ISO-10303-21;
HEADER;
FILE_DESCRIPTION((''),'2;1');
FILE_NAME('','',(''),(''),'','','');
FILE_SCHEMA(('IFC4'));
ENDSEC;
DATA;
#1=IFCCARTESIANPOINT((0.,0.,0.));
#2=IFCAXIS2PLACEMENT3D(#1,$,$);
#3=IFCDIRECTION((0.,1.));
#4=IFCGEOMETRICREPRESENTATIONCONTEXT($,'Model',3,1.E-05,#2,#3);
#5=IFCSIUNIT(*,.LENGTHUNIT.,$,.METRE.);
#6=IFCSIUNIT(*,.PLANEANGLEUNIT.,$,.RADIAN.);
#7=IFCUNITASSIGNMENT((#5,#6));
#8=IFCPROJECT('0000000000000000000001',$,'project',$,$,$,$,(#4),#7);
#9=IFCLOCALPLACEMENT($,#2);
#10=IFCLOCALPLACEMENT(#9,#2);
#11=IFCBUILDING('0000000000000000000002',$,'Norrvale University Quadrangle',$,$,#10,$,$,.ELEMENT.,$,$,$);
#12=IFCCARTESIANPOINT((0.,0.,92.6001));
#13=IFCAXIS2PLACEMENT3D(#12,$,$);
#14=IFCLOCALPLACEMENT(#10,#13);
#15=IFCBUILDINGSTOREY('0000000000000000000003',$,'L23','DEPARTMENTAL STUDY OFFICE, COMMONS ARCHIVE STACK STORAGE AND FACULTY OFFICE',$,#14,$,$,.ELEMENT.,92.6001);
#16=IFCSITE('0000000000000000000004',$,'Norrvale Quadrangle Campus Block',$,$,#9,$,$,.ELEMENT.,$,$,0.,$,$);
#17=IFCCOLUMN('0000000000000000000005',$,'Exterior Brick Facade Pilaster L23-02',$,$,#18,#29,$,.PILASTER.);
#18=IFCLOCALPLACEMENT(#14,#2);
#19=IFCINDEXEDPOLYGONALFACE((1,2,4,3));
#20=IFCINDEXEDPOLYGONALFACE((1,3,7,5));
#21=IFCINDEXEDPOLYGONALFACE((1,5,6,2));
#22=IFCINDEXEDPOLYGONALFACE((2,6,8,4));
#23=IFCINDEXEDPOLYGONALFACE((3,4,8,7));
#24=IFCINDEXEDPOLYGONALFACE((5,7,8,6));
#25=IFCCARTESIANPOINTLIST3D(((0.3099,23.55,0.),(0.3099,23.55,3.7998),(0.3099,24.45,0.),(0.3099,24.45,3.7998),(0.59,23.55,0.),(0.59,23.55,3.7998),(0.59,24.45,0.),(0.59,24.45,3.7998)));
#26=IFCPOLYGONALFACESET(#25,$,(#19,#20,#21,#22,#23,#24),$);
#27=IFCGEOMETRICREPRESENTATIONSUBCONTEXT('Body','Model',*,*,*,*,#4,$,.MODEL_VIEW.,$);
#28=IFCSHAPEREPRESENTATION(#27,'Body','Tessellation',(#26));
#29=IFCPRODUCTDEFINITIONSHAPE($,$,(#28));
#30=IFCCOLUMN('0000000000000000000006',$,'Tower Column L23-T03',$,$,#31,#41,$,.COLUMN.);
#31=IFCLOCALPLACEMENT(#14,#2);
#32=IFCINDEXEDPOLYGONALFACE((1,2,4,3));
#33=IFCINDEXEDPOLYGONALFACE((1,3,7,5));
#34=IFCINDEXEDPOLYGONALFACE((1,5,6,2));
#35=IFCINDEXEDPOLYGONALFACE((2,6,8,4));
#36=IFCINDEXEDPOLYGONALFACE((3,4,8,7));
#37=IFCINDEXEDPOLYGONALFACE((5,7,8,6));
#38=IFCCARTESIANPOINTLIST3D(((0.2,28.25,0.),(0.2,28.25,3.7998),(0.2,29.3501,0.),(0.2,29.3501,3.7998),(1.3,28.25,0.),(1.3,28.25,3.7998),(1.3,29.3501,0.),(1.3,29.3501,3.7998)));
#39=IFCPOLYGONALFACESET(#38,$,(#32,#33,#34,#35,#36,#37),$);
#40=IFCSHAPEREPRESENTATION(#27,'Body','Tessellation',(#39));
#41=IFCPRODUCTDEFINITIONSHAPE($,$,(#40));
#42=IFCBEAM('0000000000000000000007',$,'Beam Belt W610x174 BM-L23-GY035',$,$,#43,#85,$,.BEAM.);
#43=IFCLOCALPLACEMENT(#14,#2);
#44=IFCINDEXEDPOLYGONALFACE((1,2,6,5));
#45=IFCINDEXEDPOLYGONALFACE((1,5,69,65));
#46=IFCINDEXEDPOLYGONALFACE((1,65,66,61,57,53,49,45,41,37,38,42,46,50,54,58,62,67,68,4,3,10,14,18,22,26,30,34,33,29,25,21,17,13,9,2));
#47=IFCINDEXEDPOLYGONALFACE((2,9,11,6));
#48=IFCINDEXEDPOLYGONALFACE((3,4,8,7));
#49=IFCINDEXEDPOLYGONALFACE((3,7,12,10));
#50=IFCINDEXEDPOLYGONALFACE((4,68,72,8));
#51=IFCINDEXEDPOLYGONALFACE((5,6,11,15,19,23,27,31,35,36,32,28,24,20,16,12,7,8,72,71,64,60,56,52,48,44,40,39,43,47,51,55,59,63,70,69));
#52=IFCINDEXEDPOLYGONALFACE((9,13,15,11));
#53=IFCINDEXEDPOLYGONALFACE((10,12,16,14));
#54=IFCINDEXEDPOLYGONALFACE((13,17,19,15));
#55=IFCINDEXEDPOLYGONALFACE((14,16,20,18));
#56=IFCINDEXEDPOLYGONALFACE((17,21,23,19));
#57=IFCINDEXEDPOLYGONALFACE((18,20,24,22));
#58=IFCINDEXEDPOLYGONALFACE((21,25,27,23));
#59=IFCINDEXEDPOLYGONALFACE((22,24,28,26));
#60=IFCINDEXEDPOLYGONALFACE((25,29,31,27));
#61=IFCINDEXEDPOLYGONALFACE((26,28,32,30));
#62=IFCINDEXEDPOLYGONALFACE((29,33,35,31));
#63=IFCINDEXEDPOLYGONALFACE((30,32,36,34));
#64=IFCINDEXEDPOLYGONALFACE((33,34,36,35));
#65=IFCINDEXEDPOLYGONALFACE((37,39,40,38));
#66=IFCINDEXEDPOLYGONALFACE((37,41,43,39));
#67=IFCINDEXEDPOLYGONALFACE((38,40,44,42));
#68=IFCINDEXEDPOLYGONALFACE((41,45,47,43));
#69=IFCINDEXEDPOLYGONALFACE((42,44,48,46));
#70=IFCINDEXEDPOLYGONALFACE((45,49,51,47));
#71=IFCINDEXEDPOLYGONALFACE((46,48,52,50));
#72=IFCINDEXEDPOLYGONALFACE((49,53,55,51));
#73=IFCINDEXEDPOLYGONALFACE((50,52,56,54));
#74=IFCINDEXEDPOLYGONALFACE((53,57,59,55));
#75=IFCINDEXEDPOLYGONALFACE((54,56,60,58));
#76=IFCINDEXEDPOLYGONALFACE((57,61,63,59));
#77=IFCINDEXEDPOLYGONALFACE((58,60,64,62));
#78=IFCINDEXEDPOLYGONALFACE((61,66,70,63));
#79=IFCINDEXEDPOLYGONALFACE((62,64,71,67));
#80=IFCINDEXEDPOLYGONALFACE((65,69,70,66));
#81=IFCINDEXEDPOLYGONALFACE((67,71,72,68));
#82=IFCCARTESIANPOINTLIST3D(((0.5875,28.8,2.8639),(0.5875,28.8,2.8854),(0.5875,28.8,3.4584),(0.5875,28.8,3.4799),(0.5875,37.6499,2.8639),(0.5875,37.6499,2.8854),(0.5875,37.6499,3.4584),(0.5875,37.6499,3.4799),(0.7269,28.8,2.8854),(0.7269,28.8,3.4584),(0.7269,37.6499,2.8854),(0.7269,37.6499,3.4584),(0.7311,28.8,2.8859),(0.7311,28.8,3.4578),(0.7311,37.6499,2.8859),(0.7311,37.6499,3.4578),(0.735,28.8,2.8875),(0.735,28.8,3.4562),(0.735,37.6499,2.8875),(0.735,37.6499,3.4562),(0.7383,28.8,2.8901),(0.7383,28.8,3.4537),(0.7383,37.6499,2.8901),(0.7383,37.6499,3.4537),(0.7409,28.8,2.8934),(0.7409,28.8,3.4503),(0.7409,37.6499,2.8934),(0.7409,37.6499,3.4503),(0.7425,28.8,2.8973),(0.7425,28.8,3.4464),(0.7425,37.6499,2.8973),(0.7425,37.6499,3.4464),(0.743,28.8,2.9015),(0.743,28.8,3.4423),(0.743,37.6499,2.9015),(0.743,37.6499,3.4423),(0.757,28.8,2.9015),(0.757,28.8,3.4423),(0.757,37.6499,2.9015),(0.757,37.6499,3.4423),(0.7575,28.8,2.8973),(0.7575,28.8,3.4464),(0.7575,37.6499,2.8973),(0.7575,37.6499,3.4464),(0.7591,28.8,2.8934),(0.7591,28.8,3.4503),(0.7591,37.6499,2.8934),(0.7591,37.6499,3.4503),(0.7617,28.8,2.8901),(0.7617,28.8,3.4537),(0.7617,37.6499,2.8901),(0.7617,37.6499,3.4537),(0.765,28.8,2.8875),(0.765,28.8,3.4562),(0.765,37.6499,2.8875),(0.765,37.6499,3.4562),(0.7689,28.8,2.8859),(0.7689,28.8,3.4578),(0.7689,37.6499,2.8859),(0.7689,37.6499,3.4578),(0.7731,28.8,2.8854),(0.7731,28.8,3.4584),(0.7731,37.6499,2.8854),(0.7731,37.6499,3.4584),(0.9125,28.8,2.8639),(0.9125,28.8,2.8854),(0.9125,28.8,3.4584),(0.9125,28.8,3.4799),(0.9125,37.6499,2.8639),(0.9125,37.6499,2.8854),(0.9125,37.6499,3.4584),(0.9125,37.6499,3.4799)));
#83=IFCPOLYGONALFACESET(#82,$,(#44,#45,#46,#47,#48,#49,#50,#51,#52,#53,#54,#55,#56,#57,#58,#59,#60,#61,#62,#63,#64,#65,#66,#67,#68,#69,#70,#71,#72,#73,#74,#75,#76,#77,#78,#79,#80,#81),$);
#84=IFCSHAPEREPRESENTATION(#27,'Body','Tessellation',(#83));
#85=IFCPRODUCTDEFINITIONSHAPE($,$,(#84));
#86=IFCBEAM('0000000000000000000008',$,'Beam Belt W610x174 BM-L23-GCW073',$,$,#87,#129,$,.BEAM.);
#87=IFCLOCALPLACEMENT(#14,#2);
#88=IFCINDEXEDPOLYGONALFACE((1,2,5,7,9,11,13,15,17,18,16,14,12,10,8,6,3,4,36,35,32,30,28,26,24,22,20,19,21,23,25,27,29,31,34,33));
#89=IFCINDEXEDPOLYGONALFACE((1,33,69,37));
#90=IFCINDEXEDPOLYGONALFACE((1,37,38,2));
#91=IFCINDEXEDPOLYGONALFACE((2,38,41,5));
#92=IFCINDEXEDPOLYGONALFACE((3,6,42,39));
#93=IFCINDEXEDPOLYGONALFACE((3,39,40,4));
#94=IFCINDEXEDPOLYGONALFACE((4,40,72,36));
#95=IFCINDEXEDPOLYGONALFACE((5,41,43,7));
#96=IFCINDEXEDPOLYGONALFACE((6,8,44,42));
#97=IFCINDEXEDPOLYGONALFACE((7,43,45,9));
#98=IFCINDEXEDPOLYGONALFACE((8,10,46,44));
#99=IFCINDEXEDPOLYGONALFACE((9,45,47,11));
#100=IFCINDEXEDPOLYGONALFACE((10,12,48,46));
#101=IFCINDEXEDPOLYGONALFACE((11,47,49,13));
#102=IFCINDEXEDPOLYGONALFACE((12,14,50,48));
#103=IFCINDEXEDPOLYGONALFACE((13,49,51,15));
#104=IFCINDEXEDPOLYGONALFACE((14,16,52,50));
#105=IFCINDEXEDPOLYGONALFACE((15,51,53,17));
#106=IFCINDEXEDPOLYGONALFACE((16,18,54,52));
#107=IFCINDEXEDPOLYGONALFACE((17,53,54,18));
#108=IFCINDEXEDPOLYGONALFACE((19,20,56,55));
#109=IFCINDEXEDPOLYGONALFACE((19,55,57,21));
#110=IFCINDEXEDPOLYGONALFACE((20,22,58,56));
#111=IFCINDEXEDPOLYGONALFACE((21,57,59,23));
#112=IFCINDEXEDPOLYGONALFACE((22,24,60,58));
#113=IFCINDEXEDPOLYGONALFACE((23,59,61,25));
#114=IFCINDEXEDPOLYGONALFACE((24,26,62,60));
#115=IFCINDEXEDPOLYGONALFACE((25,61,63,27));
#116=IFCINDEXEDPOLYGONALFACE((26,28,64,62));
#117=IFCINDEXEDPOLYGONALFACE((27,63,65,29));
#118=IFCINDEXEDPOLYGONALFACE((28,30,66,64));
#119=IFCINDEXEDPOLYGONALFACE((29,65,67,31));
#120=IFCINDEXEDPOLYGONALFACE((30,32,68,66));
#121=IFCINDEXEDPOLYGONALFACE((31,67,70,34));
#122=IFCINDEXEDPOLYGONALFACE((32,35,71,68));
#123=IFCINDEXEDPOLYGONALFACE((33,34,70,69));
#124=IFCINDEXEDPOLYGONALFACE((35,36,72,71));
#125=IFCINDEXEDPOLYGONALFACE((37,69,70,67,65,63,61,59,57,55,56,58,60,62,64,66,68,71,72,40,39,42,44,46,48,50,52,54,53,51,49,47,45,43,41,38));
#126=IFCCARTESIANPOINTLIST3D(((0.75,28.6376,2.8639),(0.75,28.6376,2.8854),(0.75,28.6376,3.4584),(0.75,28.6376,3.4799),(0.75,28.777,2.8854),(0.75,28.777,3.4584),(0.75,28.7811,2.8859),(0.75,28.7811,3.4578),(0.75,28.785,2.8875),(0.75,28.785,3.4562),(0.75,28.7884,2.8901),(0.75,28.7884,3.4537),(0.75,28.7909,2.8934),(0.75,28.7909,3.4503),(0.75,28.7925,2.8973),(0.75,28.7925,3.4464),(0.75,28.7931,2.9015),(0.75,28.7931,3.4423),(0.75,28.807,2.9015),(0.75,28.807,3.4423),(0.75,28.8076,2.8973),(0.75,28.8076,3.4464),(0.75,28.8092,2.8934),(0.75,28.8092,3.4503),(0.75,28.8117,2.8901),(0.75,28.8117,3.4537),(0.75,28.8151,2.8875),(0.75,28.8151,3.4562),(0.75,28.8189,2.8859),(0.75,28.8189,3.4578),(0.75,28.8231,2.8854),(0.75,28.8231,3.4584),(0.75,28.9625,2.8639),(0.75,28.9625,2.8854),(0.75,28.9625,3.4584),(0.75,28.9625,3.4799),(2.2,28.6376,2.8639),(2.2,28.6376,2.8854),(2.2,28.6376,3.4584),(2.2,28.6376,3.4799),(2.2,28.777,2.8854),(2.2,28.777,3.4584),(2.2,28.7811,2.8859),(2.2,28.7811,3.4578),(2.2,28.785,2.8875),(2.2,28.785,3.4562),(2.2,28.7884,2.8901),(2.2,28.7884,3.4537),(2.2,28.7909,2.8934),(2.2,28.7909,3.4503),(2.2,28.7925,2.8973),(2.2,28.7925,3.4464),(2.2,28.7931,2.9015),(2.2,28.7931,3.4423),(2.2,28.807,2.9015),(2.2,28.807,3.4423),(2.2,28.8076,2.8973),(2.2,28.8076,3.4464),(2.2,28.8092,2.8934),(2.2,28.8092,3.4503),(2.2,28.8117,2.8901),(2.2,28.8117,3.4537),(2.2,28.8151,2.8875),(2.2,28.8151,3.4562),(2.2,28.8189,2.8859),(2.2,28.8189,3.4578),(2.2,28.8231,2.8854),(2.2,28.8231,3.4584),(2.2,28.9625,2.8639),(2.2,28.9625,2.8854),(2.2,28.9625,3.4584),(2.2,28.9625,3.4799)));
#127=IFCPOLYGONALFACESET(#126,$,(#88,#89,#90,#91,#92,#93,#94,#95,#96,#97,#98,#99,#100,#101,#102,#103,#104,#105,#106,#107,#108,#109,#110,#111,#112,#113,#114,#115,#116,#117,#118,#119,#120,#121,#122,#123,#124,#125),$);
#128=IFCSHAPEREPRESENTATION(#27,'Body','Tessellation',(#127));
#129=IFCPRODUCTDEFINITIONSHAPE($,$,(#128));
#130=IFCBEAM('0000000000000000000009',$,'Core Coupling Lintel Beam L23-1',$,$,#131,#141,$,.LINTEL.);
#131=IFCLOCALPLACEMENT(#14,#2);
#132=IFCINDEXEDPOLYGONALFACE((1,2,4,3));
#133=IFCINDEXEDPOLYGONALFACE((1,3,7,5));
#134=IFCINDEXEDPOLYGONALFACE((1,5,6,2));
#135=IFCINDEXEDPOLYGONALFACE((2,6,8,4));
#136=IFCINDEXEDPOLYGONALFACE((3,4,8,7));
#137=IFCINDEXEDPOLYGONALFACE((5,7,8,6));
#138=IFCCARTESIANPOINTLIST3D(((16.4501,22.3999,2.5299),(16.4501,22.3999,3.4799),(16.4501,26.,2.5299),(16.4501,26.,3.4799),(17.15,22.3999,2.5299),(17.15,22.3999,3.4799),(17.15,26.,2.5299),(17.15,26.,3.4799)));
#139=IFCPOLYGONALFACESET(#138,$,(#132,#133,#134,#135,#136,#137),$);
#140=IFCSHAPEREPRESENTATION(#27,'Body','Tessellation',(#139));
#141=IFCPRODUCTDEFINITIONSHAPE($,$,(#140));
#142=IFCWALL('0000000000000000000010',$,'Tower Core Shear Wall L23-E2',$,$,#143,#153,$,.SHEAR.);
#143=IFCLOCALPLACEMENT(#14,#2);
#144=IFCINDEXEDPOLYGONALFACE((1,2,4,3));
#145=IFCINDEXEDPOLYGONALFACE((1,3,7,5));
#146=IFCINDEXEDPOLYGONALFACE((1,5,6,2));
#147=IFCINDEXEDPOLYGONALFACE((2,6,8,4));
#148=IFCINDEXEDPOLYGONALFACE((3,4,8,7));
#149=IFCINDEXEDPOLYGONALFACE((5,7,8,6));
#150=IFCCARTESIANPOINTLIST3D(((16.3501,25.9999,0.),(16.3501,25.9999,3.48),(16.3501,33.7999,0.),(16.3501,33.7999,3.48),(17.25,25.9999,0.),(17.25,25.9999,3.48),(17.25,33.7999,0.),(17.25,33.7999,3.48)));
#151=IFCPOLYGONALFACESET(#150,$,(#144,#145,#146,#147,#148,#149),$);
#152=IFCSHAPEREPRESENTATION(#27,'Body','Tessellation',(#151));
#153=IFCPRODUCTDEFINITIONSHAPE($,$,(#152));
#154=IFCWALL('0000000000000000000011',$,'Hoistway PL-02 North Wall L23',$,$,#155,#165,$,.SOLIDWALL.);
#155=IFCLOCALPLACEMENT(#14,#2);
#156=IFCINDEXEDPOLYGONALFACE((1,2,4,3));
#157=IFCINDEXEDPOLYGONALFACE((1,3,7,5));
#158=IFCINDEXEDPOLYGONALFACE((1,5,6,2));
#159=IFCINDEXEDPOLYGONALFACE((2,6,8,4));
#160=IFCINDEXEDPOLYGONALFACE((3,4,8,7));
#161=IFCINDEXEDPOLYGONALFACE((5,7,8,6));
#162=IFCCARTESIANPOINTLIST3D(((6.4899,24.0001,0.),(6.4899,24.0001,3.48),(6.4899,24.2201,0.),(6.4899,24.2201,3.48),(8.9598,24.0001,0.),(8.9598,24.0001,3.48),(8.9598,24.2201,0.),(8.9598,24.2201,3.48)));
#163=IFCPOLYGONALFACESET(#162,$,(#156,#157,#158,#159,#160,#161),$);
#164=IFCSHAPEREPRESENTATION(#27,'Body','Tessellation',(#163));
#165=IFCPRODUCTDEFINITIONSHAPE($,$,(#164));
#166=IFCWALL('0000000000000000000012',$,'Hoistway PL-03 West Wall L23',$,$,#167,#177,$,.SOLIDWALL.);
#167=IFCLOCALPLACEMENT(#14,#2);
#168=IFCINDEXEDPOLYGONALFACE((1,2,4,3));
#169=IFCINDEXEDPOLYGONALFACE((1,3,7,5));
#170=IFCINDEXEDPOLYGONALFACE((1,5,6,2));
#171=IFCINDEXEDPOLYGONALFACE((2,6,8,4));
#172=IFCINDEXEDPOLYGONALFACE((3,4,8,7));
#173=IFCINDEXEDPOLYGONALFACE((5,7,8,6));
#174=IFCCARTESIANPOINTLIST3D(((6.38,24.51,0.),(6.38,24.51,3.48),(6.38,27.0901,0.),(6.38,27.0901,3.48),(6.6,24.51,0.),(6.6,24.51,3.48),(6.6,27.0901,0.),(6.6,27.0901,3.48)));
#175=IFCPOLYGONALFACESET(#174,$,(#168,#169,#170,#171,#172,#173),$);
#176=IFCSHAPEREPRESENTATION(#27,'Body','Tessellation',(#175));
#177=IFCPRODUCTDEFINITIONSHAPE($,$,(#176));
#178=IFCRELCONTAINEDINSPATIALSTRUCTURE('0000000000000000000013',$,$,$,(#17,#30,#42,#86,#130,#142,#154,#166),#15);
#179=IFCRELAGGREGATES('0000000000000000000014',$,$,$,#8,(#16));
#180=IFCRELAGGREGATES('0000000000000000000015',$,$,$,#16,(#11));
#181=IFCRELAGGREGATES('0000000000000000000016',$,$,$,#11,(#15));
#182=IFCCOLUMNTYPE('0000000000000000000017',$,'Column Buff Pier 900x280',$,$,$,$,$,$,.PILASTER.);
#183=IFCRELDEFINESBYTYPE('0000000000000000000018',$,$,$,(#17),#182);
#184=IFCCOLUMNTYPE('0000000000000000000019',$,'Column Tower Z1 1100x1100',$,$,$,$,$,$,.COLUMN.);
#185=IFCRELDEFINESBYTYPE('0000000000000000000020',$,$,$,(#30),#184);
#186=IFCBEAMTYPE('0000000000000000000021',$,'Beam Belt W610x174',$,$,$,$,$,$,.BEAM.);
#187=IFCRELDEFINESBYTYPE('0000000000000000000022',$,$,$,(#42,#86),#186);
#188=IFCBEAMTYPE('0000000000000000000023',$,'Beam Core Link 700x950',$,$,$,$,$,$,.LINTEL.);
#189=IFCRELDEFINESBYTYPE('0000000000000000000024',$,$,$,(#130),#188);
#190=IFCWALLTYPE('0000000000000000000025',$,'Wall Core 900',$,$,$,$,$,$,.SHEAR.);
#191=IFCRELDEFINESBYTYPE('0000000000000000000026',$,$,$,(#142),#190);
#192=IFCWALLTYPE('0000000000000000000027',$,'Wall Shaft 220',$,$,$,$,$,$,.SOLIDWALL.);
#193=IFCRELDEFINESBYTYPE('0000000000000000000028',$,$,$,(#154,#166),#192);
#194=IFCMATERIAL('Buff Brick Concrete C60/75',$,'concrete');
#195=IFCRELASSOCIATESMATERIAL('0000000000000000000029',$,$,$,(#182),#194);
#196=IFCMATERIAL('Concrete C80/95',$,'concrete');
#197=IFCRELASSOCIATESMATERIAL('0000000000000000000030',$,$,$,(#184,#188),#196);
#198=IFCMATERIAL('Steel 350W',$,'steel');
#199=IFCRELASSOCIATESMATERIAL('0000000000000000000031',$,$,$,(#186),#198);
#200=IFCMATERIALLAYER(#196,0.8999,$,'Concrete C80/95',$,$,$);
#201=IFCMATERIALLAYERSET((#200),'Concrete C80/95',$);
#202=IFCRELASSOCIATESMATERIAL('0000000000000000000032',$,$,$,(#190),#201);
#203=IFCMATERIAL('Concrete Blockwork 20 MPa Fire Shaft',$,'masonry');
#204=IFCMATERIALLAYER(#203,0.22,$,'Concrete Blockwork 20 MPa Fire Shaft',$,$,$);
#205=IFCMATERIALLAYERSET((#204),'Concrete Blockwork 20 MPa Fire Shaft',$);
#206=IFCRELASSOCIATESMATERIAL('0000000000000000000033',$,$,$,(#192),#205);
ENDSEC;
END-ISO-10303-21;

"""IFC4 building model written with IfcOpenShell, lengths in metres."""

from ifc_helpers import new_model, si_unit, direction, frame, frame_2d, origin, origin_2d, place, context, subcontext, project, spatial, rectangle, i_section, extrude, material, layer, layer_set, material_profile, profile_set, type_object, element, save


model = new_model("IFC4")

# Units and contexts
model_context = context("Model", 3, precision=1e-05, world=origin(), true_north=direction((0.0, 1.0)))
body_context = subcontext(model_context, "Body", "Model", "MODEL_VIEW")
ifc_project = project(units=[si_unit("LENGTHUNIT", "METRE"), si_unit("PLANEANGLEUNIT", "RADIAN")], contexts=[model_context])

# Site, building, storey
site_placement = place(None, origin())
site = spatial("IfcSite", under=ifc_project, at=site_placement, Name="Norrvale Quadrangle Campus Block", CompositionType="ELEMENT", RefElevation=0.0)
building_placement = place(site_placement, origin())
building = spatial("IfcBuilding", under=site, at=building_placement, Name="Norrvale University Quadrangle", CompositionType="ELEMENT")
storey_placement = place(building_placement, frame((0.0, 0.0, 92.6001)))
storey = spatial("IfcBuildingStorey", under=building, at=storey_placement, Name="L23", Description="DEPARTMENTAL STUDY OFFICE, COMMONS ARCHIVE STACK STORAGE AND FACULTY OFFICE", CompositionType="ELEMENT", Elevation=92.6001)

# Columns
ifc_material_1 = material(Name="Buff Brick Concrete C60/75", Category="concrete")
ifc_material_profile_1 = material_profile(ifc_material_1, rectangle(XDim=0.8999, YDim=0.28, at=origin_2d()), Name="Buff Brick Concrete C60/75")
ifc_profile_set_1 = profile_set([ifc_material_profile_1], Name="Buff Brick Concrete C60/75")
column_type_1 = type_object("IfcColumnType", Name="Column Buff Pier 900x280", PredefinedType="PILASTER", material=ifc_profile_set_1)
column_1_placement = place(storey_placement, frame((0.45, 24.0, 0.0), z_axis=(0.0, 0.0, 1.0), x_axis=(0.0, 1.0, 0.0)))
element("IfcColumn", 1, at=column_1_placement, inside=storey, type_object=column_type_1, Name="Exterior Brick Facade Pilaster L23-02", PredefinedType="PILASTER", context=body_context, shape_type="SweptSolid", body=[
    extrude(rectangle(XDim=0.8999, YDim=0.28, at=origin_2d()), origin(), (0.0, 0.0, 1.0), 3.7998),
])
ifc_material_2 = material(Name="Concrete C80/95", Category="concrete")
ifc_material_profile_2 = material_profile(ifc_material_2, rectangle(XDim=1.1001, YDim=1.1001, at=origin_2d()), Name="Concrete C80/95")
ifc_profile_set_2 = profile_set([ifc_material_profile_2], Name="Concrete C80/95")
column_type_2 = type_object("IfcColumnType", Name="Column Tower Z1 1100x1100", PredefinedType="COLUMN", material=ifc_profile_set_2)
column_2_placement = place(storey_placement, frame((0.75, 28.8, 0.0), z_axis=(0.0, 0.0, 1.0), x_axis=(1.0, 0.0, 0.0)))
element("IfcColumn", 2, at=column_2_placement, inside=storey, type_object=column_type_2, Name="Tower Column L23-T03", PredefinedType="COLUMN", context=body_context, shape_type="SweptSolid", body=[
    extrude(rectangle(XDim=1.1001, YDim=1.1001, at=origin_2d()), origin(), (0.0, 0.0, 1.0), 3.7998),
])

# Beams
ifc_material_3 = material(Name="Steel 350W", Category="steel")
ifc_material_profile_3 = material_profile(ifc_material_3, i_section(OverallWidth=0.325, OverallDepth=0.616, WebThickness=0.0139, FlangeThickness=0.0215, FilletRadius=0.0161, at=origin_2d()), Name="Steel 350W")
ifc_profile_set_3 = profile_set([ifc_material_profile_3], Name="Steel 350W")
beam_type_1 = type_object("IfcBeamType", Name="Beam Belt W610x174", PredefinedType="BEAM", material=ifc_profile_set_3)
beam_1_placement = place(storey_placement, frame((0.75, 28.8, 3.1719), z_axis=(0.0, 1.0, 0.0), x_axis=(-1.0, 0.0, 0.0)))
element("IfcBeam", 3, at=beam_1_placement, inside=storey, type_object=beam_type_1, Name="Beam Belt W610x174 BM-L23-GY035", PredefinedType="BEAM", context=body_context, shape_type="SweptSolid", body=[
    extrude(i_section(OverallWidth=0.325, OverallDepth=0.616, WebThickness=0.0139, FlangeThickness=0.0215, FilletRadius=0.0161, at=origin_2d()), origin(), (0.0, 0.0, 1.0), 8.8499),
])
beam_2_placement = place(storey_placement, frame((0.75, 28.8, 3.1719), z_axis=(1.0, 0.0, 0.0), x_axis=(0.0, 1.0, 0.0)))
element("IfcBeam", 4, at=beam_2_placement, inside=storey, type_object=beam_type_1, Name="Beam Belt W610x174 BM-L23-GCW073", PredefinedType="BEAM", context=body_context, shape_type="SweptSolid", body=[
    extrude(i_section(OverallWidth=0.325, OverallDepth=0.616, WebThickness=0.0139, FlangeThickness=0.0215, FilletRadius=0.0161, at=origin_2d()), origin(), (0.0, 0.0, 1.0), 1.45),
])
ifc_material_profile_4 = material_profile(ifc_material_2, rectangle(XDim=0.7, YDim=0.95, at=origin_2d()), Name="Concrete C80/95")
ifc_profile_set_4 = profile_set([ifc_material_profile_4], Name="Concrete C80/95")
beam_type_2 = type_object("IfcBeamType", Name="Beam Core Link 700x950", PredefinedType="LINTEL", material=ifc_profile_set_4)
beam_3_placement = place(storey_placement, frame((16.8, 22.3999, 3.0049), z_axis=(0.0, 1.0, 0.0), x_axis=(-1.0, 0.0, 0.0)))
element("IfcBeam", 5, at=beam_3_placement, inside=storey, type_object=beam_type_2, Name="Core Coupling Lintel Beam L23-1", PredefinedType="LINTEL", context=body_context, shape_type="SweptSolid", body=[
    extrude(rectangle(XDim=0.7, YDim=0.95, at=origin_2d()), origin(), (0.0, 0.0, 1.0), 3.6001),
])

# Walls
ifc_layer_1 = layer(ifc_material_2, 0.8999, Name="Concrete C80/95")
ifc_layer_set_1 = layer_set([ifc_layer_1], Name="Concrete C80/95")
wall_type_1 = type_object("IfcWallType", Name="Wall Core 900", PredefinedType="SHEAR", material=ifc_layer_set_1)
wall_1_placement = place(storey_placement, frame((16.8, 26.0, 0.0), z_axis=(0.0, 0.0, 1.0), x_axis=(0.0, 1.0, 0.0)))
element("IfcWall", 6, at=wall_1_placement, inside=storey, type_object=wall_type_1, Name="Tower Core Shear Wall L23-E2", PredefinedType="SHEAR", context=body_context, shape_type="SweptSolid", body=[
    extrude(rectangle(XDim=7.8, YDim=0.8999, at=frame_2d((3.8999, 0.0))), origin(), (0.0, 0.0, 1.0), 3.48),
])
ifc_material_4 = material(Name="Concrete Blockwork 20 MPa Fire Shaft", Category="masonry")
ifc_layer_2 = layer(ifc_material_4, 0.22, Name="Concrete Blockwork 20 MPa Fire Shaft")
ifc_layer_set_2 = layer_set([ifc_layer_2], Name="Concrete Blockwork 20 MPa Fire Shaft")
wall_type_2 = type_object("IfcWallType", Name="Wall Shaft 220", PredefinedType="SOLIDWALL", material=ifc_layer_set_2)
wall_2_placement = place(storey_placement, frame((6.49, 24.1101, 0.0), z_axis=(0.0, 0.0, 1.0), x_axis=(1.0, 0.0, 0.0)))
element("IfcWall", 7, at=wall_2_placement, inside=storey, type_object=wall_type_2, Name="Hoistway PL-02 North Wall L23", PredefinedType="SOLIDWALL", context=body_context, shape_type="SweptSolid", body=[
    extrude(rectangle(XDim=2.47, YDim=0.22, at=frame_2d((1.2349, 0.0))), origin(), (0.0, 0.0, 1.0), 3.48),
])
wall_3_placement = place(storey_placement, frame((6.49, 24.51, 0.0), z_axis=(0.0, 0.0, 1.0), x_axis=(0.0, 1.0, 0.0)))
element("IfcWall", 8, at=wall_3_placement, inside=storey, type_object=wall_type_2, Name="Hoistway PL-03 West Wall L23", PredefinedType="SOLIDWALL", context=body_context, shape_type="SweptSolid", body=[
    extrude(rectangle(XDim=2.5801, YDim=0.22, at=frame_2d((1.29, 0.0))), origin(), (0.0, 0.0, 1.0), 3.48),
])

save(model, "model.ifc")
